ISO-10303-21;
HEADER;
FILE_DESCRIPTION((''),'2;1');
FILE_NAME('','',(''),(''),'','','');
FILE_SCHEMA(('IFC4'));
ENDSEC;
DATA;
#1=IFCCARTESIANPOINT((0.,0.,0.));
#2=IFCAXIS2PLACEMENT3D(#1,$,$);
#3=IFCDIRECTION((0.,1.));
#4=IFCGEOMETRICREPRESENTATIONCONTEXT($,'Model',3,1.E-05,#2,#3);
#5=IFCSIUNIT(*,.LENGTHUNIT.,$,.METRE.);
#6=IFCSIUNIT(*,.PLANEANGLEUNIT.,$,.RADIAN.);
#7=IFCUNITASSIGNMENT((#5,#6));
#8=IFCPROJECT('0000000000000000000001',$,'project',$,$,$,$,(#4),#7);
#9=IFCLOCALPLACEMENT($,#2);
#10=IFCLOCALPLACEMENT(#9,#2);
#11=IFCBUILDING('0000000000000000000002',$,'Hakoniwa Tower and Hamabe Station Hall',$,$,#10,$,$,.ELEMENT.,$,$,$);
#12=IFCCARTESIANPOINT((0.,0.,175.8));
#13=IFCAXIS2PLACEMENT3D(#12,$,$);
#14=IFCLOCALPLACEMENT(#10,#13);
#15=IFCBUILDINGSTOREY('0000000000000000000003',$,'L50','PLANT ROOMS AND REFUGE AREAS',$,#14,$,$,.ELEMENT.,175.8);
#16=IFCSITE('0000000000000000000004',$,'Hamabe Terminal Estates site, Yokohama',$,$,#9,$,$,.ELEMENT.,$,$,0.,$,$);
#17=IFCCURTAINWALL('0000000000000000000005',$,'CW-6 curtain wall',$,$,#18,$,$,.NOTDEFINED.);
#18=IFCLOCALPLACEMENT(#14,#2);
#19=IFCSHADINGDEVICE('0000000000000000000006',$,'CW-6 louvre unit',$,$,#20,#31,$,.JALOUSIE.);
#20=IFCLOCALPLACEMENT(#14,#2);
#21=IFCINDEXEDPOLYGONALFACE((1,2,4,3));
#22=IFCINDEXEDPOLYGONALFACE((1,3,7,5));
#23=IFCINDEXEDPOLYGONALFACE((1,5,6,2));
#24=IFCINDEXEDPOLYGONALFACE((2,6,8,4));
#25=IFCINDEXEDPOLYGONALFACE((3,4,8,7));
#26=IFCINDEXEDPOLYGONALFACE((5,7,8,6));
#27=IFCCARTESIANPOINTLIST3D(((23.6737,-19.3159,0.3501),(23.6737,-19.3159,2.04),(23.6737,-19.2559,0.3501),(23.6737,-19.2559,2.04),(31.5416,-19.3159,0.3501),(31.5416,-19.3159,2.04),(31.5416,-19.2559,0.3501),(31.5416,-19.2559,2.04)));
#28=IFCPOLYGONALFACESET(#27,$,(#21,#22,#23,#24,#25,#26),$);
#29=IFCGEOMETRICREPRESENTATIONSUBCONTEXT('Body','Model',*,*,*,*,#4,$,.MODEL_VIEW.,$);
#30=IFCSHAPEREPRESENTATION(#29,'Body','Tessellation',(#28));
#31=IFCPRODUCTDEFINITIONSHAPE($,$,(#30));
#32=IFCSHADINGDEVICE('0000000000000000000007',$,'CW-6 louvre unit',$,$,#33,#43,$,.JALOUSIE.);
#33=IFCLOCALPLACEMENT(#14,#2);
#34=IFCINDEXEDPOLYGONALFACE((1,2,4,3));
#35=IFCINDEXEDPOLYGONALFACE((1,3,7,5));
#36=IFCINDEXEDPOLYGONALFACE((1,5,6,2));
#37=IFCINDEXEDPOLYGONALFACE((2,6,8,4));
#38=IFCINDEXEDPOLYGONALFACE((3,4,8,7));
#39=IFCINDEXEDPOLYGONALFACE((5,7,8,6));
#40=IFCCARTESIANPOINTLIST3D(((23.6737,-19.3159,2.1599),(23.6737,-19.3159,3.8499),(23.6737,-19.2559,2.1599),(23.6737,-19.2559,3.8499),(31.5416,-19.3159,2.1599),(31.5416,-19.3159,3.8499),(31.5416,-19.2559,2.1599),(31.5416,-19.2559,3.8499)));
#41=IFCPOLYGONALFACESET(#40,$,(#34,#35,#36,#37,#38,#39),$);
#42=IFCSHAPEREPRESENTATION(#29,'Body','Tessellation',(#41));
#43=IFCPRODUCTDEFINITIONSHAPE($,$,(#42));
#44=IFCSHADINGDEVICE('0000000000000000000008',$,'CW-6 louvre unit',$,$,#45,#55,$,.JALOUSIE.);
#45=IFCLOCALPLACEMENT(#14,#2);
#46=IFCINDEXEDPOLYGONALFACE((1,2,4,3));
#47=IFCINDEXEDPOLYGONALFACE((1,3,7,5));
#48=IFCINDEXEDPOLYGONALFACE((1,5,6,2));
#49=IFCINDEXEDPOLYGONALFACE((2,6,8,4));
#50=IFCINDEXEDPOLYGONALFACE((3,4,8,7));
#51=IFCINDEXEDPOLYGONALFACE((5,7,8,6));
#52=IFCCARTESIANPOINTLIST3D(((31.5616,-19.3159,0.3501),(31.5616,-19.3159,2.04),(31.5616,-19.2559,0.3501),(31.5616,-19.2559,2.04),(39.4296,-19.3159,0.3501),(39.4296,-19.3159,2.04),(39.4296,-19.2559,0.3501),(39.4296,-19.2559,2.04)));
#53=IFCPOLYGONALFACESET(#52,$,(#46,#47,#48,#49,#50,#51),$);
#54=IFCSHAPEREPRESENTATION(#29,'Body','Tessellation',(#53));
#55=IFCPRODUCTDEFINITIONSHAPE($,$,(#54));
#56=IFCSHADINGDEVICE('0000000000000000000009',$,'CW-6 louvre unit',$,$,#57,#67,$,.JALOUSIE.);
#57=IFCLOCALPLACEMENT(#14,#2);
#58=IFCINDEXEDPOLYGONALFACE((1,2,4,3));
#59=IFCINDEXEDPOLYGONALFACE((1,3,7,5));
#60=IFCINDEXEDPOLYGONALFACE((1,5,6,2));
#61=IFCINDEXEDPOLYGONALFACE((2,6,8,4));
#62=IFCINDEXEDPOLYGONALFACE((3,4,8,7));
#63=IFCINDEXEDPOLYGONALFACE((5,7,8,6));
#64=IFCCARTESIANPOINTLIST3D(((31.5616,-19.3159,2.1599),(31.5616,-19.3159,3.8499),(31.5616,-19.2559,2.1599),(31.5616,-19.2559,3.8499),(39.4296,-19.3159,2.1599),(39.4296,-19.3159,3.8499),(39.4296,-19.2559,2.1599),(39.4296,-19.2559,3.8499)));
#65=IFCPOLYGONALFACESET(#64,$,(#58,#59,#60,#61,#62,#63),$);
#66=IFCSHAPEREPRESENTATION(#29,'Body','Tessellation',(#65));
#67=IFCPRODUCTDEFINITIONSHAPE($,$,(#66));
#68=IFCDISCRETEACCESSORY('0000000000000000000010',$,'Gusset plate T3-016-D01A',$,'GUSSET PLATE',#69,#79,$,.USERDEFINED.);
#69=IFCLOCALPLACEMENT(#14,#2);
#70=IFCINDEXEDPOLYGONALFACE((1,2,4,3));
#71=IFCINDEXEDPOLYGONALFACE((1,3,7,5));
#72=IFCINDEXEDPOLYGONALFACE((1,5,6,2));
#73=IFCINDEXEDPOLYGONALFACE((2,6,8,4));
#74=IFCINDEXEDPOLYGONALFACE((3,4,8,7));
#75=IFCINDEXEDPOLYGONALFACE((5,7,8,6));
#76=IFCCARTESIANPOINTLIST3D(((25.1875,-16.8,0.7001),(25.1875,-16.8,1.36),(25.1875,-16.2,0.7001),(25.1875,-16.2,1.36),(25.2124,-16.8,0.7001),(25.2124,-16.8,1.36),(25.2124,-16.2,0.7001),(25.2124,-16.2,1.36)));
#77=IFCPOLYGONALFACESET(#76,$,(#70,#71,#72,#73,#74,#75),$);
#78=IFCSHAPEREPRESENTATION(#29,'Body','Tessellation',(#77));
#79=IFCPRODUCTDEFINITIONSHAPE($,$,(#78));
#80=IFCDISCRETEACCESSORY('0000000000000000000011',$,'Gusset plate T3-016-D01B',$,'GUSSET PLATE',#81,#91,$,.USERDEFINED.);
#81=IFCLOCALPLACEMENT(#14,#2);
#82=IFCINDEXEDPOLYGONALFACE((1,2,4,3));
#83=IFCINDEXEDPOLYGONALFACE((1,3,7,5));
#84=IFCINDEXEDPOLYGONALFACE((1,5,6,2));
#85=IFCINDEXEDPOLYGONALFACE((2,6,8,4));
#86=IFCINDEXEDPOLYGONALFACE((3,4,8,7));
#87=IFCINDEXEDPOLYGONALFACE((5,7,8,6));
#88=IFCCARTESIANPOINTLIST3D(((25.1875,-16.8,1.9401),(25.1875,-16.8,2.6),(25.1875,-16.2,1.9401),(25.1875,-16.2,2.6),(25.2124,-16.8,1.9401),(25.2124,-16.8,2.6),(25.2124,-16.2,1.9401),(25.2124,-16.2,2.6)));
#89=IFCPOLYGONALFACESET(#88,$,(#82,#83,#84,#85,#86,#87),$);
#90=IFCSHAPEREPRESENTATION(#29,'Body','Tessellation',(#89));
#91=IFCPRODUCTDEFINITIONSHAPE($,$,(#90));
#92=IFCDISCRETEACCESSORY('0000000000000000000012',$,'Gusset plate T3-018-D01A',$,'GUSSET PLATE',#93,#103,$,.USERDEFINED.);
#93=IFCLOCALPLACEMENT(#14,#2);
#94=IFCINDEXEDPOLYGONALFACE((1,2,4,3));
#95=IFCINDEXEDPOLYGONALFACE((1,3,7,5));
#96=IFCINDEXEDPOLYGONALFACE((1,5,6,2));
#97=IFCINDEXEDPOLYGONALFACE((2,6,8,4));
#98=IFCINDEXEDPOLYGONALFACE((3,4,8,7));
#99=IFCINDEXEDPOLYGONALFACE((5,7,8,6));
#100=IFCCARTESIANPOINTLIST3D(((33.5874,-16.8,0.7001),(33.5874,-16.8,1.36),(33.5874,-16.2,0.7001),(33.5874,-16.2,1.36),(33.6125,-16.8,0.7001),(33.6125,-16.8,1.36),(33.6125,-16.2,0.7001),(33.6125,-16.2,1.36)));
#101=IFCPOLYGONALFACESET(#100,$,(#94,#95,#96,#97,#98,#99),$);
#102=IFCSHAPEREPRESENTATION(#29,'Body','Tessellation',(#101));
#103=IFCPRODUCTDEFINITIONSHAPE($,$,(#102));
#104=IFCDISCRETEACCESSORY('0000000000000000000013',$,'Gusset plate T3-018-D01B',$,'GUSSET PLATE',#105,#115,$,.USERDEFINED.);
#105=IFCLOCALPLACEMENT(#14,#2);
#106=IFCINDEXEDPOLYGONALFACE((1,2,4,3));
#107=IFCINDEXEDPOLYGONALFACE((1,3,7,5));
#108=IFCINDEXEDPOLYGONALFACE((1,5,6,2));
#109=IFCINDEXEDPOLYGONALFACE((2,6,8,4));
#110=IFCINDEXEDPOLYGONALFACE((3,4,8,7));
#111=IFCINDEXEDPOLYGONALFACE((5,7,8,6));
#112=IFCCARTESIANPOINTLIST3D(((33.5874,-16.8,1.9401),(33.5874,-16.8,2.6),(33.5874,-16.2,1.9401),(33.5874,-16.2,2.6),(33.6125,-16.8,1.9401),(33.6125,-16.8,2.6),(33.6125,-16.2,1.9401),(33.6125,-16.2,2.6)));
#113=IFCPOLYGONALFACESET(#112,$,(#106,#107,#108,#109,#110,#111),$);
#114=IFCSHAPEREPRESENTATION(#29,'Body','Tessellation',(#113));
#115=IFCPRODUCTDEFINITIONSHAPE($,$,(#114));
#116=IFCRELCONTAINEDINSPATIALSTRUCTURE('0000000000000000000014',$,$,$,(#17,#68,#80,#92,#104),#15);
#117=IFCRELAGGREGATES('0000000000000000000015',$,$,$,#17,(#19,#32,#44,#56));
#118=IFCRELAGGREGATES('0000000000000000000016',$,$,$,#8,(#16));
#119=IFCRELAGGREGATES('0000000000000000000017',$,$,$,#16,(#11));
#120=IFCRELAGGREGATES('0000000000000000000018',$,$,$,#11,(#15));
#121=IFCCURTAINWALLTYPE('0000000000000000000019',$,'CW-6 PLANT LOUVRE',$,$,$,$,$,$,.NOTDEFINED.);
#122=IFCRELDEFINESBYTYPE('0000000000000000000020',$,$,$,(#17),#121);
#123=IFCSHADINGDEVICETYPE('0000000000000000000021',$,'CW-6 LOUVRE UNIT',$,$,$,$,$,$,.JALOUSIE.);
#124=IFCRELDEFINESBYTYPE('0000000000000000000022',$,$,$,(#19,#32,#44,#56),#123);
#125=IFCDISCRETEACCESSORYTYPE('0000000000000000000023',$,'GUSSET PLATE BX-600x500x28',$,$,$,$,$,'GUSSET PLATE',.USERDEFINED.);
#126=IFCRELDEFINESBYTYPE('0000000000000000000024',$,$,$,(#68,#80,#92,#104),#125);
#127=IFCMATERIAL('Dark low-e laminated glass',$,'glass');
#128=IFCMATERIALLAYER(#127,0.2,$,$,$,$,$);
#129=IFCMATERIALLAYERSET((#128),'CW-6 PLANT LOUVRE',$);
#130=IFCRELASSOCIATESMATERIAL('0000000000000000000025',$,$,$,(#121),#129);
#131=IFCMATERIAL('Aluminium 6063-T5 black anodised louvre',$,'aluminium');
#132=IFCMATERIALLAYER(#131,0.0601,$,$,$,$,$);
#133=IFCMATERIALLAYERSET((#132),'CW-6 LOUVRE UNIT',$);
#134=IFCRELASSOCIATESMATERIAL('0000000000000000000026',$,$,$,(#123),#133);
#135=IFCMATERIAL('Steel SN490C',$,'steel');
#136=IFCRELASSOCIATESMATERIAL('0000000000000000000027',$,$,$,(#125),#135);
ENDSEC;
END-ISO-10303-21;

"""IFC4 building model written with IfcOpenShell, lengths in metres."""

from ifc_helpers import new_model, si_unit, direction, frame, origin, origin_2d, place, context, subcontext, project, spatial, rectangle, extrude, material, layer, layer_set, material_profile, profile_set, type_object, element, aggregate, save


model = new_model("IFC4")

# Units and contexts
model_context = context("Model", 3, precision=1e-05, world=origin(), true_north=direction((0.0, 1.0)))
body_context = subcontext(model_context, "Body", "Model", "MODEL_VIEW")
ifc_project = project(units=[si_unit("LENGTHUNIT", "METRE"), si_unit("PLANEANGLEUNIT", "RADIAN")], contexts=[model_context])

# Site, building, storey
site_placement = place(None, origin())
site = spatial("IfcSite", under=ifc_project, at=site_placement, Name="Hamabe Terminal Estates site, Yokohama", CompositionType="ELEMENT", RefElevation=0.0)
building_placement = place(site_placement, origin())
building = spatial("IfcBuilding", under=site, at=building_placement, Name="Hakoniwa Tower and Hamabe Station Hall", CompositionType="ELEMENT")
storey_placement = place(building_placement, frame((0.0, 0.0, 175.8)))
storey = spatial("IfcBuildingStorey", under=building, at=storey_placement, Name="L50", Description="PLANT ROOMS AND REFUGE AREAS", CompositionType="ELEMENT", Elevation=175.8)

# Curtain wall
ifc_material_1 = material(Name="Dark low-e laminated glass", Category="glass")
ifc_layer_1 = layer(ifc_material_1, 0.2)
ifc_layer_set_1 = layer_set([ifc_layer_1], Name="CW-6 PLANT LOUVRE")
curtain_wall_type = type_object("IfcCurtainWallType", Name="CW-6 PLANT LOUVRE", PredefinedType="NOTDEFINED", material=ifc_layer_set_1)
curtain_wall_1_placement = place(storey_placement, origin())
curtain_wall_1 = element("IfcCurtainWall", 1, at=curtain_wall_1_placement, inside=storey, type_object=curtain_wall_type, Name="CW-6 curtain wall", PredefinedType="NOTDEFINED")

# Shading devices
ifc_material_2 = material(Name="Aluminium 6063-T5 black anodised louvre", Category="aluminium")
ifc_layer_2 = layer(ifc_material_2, 0.0601)
ifc_layer_set_2 = layer_set([ifc_layer_2], Name="CW-6 LOUVRE UNIT")
shading_device_type = type_object("IfcShadingDeviceType", Name="CW-6 LOUVRE UNIT", PredefinedType="JALOUSIE", material=ifc_layer_set_2)
shading_device_1_placement = place(storey_placement, frame((27.6077, -19.2859, 0.3501), z_axis=(0.0, 0.0, 1.0), x_axis=(1.0, 0.0, 0.0)))
shading_device_1 = element("IfcShadingDevice", 2, at=shading_device_1_placement, type_object=shading_device_type, Name="CW-6 louvre unit", PredefinedType="JALOUSIE", context=body_context, shape_type="SweptSolid", body=[
    extrude(rectangle(XDim=7.8679, YDim=0.0601, at=origin_2d()), origin(), (0.0, 0.0, 1.0), 1.6899),
])
shading_device_2_placement = place(storey_placement, frame((27.6077, -19.2859, 2.1599), z_axis=(0.0, 0.0, 1.0), x_axis=(1.0, 0.0, 0.0)))
shading_device_2 = element("IfcShadingDevice", 3, at=shading_device_2_placement, type_object=shading_device_type, Name="CW-6 louvre unit", PredefinedType="JALOUSIE", context=body_context, shape_type="SweptSolid", body=[
    extrude(rectangle(XDim=7.8679, YDim=0.0601, at=origin_2d()), origin(), (0.0, 0.0, 1.0), 1.6899),
])
shading_device_3_placement = place(storey_placement, frame((35.4956, -19.2859, 0.3501), z_axis=(0.0, 0.0, 1.0), x_axis=(1.0, 0.0, 0.0)))
shading_device_3 = element("IfcShadingDevice", 4, at=shading_device_3_placement, type_object=shading_device_type, Name="CW-6 louvre unit", PredefinedType="JALOUSIE", context=body_context, shape_type="SweptSolid", body=[
    extrude(rectangle(XDim=7.8679, YDim=0.0601, at=origin_2d()), origin(), (0.0, 0.0, 1.0), 1.6899),
])
shading_device_4_placement = place(storey_placement, frame((35.4956, -19.2859, 2.1599), z_axis=(0.0, 0.0, 1.0), x_axis=(1.0, 0.0, 0.0)))
shading_device_4 = element("IfcShadingDevice", 5, at=shading_device_4_placement, type_object=shading_device_type, Name="CW-6 louvre unit", PredefinedType="JALOUSIE", context=body_context, shape_type="SweptSolid", body=[
    extrude(rectangle(XDim=7.8679, YDim=0.0601, at=origin_2d()), origin(), (0.0, 0.0, 1.0), 1.6899),
])
aggregate(curtain_wall_1, [shading_device_1, shading_device_2, shading_device_3, shading_device_4])

# Discrete accessories
ifc_material_3 = material(Name="Steel SN490C", Category="steel")
ifc_material_profile_1 = material_profile(ifc_material_3, rectangle(XDim=0.6001, YDim=0.6599, at=origin_2d()), Name="GUSSET PLATE BX-600x500x28")
ifc_profile_set_1 = profile_set([ifc_material_profile_1], Name="Steel SN490C")
discrete_accessory_type = type_object("IfcDiscreteAccessoryType", Name="GUSSET PLATE BX-600x500x28", ElementType="GUSSET PLATE", PredefinedType="USERDEFINED", material=ifc_profile_set_1)
for number, where, z_axis, x_axis, name in (
    (6, (25.2124, -16.5, 1.03), (-1.0, 0.0, 0.0), (0.0, -1.0, 0.0), "Gusset plate T3-016-D01A"),
    (7, (25.2124, -16.5, 2.27), (-1.0, 0.0, 0.0), (0.0, -1.0, 0.0), "Gusset plate T3-016-D01B"),
):
    element("IfcDiscreteAccessory", number, at=place(storey_placement, frame(where, z_axis=z_axis, x_axis=x_axis)), inside=storey, type_object=discrete_accessory_type, Name=name, ObjectType="GUSSET PLATE", PredefinedType="USERDEFINED", context=body_context, shape_type="SweptSolid", body=[
        extrude(rectangle(XDim=0.6001, YDim=0.6599, at=origin_2d()), origin(), (0.0, 0.0, 1.0), 0.0249),
    ])
for number, where, z_axis, x_axis, name in (
    (8, (33.6125, -16.5, 1.03), (-1.0, 0.0, 0.0), (0.0, -1.0, 0.0), "Gusset plate T3-018-D01A"),
    (9, (33.6125, -16.5, 2.27), (-1.0, 0.0, 0.0), (0.0, -1.0, 0.0), "Gusset plate T3-018-D01B"),
):
    element("IfcDiscreteAccessory", number, at=place(storey_placement, frame(where, z_axis=z_axis, x_axis=x_axis)), inside=storey, type_object=discrete_accessory_type, Name=name, ObjectType="GUSSET PLATE", PredefinedType="USERDEFINED", context=body_context, shape_type="SweptSolid", body=[
        extrude(rectangle(XDim=0.6001, YDim=0.6599, at=origin_2d()), origin(), (0.0, 0.0, 1.0), 0.0251),
    ])

save(model, "model.ifc")
